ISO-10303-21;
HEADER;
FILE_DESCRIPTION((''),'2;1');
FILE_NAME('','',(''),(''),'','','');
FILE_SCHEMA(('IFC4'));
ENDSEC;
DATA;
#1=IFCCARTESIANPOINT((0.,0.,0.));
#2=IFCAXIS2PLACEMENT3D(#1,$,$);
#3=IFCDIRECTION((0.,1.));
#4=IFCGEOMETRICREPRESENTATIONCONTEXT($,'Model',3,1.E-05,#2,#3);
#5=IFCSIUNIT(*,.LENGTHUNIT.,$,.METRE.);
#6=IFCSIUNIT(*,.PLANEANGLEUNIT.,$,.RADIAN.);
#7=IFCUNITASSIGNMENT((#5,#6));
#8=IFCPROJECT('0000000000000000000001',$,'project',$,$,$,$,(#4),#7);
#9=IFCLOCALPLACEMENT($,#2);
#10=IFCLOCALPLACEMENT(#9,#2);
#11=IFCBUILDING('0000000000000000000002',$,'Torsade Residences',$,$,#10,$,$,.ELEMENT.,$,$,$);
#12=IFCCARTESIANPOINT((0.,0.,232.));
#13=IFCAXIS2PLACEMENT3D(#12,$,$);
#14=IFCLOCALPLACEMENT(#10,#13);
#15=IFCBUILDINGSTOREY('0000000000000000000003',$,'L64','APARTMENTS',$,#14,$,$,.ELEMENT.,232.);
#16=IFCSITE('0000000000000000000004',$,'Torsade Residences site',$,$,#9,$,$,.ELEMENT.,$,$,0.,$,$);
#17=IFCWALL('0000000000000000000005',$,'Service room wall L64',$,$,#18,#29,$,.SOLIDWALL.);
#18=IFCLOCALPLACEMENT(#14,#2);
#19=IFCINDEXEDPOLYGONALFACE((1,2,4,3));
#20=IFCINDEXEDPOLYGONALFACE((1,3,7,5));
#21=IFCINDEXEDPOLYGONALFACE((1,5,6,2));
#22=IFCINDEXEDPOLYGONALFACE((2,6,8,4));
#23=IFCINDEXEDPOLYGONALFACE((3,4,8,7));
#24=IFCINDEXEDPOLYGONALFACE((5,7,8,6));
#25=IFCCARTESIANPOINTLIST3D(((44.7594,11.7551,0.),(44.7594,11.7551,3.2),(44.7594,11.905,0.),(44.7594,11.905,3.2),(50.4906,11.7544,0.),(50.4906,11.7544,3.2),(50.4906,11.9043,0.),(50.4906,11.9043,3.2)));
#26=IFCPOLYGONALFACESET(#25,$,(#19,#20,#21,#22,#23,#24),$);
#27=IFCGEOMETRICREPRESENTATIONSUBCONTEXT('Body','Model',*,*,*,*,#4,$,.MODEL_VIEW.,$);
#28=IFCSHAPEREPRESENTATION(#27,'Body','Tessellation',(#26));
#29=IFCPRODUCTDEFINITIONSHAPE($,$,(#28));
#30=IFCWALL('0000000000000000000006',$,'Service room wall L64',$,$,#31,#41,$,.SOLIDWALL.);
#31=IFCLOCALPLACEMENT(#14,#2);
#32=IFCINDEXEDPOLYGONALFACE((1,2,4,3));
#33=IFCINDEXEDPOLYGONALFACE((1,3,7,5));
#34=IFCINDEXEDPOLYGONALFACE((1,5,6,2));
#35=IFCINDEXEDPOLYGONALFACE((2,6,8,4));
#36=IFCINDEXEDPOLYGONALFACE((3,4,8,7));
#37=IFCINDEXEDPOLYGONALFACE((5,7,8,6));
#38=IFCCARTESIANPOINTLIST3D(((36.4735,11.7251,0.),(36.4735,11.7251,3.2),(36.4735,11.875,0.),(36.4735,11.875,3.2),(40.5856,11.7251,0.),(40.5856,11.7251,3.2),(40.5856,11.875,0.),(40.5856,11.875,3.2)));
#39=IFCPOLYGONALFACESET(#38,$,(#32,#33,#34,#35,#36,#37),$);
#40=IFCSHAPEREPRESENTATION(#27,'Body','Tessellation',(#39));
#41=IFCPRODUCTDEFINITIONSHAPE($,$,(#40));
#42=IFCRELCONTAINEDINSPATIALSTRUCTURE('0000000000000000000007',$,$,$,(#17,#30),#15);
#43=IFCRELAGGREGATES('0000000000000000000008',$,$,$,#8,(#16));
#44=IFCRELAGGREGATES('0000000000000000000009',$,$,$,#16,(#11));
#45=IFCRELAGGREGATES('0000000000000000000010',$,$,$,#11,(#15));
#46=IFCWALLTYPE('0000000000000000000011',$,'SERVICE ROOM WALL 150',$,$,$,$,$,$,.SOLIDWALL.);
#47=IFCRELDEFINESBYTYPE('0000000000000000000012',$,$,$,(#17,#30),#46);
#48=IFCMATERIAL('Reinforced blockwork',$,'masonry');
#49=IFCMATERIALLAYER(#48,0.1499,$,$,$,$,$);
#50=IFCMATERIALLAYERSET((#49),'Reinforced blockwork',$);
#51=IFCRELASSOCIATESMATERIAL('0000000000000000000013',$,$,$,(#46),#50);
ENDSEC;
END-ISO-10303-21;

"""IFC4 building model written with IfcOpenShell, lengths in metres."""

from ifc_helpers import new_model, si_unit, direction, frame, frame_2d, origin, place, context, subcontext, project, spatial, rectangle, extrude, material, layer, layer_set, type_object, element, save


model = new_model("IFC4")

# Units and contexts
model_context = context("Model", 3, precision=1e-05, world=origin(), true_north=direction((0.0, 1.0)))
body_context = subcontext(model_context, "Body", "Model", "MODEL_VIEW")
ifc_project = project(units=[si_unit("LENGTHUNIT", "METRE"), si_unit("PLANEANGLEUNIT", "RADIAN")], contexts=[model_context])

# Site, building, storey
site_placement = place(None, origin())
site = spatial("IfcSite", under=ifc_project, at=site_placement, Name="Torsade Residences site", CompositionType="ELEMENT", RefElevation=0.0)
building_placement = place(site_placement, origin())
building = spatial("IfcBuilding", under=site, at=building_placement, Name="Torsade Residences", CompositionType="ELEMENT")
storey_placement = place(building_placement, frame((0.0, 0.0, 232.0)))
storey = spatial("IfcBuildingStorey", under=building, at=storey_placement, Name="L64", Description="APARTMENTS", CompositionType="ELEMENT", Elevation=232.0)

# Shared definitions
ifc_material_1 = material(Name="Reinforced blockwork", Category="masonry")
ifc_layer_1 = layer(ifc_material_1, 0.1499)
ifc_layer_set_1 = layer_set([ifc_layer_1], Name="Reinforced blockwork")
wall_type_1 = type_object("IfcWallType", Name="SERVICE ROOM WALL 150", PredefinedType="SOLIDWALL", material=ifc_layer_set_1)

# Walls
wall_1_placement = place(storey_placement, frame((50.4907, 11.8293, 0.0), z_axis=(0.0, 0.0, 1.0), x_axis=(-1.0, 0.000128, 0.0)))
element("IfcWall", 1, at=wall_1_placement, inside=storey, type_object=wall_type_1, Name="Service room wall L64", PredefinedType="SOLIDWALL", context=body_context, shape_type="SweptSolid", body=[
    extrude(rectangle(XDim=5.7312, YDim=0.1499, at=frame_2d((2.8657, 0.0))), origin(), (0.0, 0.0, 1.0), 3.2),
])
wall_2_placement = place(storey_placement, frame((40.5857, 11.8, 0.0), z_axis=(0.0, 0.0, 1.0), x_axis=(-1.0, 0.0, 0.0)))
element("IfcWall", 2, at=wall_2_placement, inside=storey, type_object=wall_type_1, Name="Service room wall L64", PredefinedType="SOLIDWALL", context=body_context, shape_type="SweptSolid", body=[
    extrude(rectangle(XDim=4.1121, YDim=0.1499, at=frame_2d((2.0562, 0.0))), origin(), (0.0, 0.0, 1.0), 3.2),
])

save(model, "model.ifc")
